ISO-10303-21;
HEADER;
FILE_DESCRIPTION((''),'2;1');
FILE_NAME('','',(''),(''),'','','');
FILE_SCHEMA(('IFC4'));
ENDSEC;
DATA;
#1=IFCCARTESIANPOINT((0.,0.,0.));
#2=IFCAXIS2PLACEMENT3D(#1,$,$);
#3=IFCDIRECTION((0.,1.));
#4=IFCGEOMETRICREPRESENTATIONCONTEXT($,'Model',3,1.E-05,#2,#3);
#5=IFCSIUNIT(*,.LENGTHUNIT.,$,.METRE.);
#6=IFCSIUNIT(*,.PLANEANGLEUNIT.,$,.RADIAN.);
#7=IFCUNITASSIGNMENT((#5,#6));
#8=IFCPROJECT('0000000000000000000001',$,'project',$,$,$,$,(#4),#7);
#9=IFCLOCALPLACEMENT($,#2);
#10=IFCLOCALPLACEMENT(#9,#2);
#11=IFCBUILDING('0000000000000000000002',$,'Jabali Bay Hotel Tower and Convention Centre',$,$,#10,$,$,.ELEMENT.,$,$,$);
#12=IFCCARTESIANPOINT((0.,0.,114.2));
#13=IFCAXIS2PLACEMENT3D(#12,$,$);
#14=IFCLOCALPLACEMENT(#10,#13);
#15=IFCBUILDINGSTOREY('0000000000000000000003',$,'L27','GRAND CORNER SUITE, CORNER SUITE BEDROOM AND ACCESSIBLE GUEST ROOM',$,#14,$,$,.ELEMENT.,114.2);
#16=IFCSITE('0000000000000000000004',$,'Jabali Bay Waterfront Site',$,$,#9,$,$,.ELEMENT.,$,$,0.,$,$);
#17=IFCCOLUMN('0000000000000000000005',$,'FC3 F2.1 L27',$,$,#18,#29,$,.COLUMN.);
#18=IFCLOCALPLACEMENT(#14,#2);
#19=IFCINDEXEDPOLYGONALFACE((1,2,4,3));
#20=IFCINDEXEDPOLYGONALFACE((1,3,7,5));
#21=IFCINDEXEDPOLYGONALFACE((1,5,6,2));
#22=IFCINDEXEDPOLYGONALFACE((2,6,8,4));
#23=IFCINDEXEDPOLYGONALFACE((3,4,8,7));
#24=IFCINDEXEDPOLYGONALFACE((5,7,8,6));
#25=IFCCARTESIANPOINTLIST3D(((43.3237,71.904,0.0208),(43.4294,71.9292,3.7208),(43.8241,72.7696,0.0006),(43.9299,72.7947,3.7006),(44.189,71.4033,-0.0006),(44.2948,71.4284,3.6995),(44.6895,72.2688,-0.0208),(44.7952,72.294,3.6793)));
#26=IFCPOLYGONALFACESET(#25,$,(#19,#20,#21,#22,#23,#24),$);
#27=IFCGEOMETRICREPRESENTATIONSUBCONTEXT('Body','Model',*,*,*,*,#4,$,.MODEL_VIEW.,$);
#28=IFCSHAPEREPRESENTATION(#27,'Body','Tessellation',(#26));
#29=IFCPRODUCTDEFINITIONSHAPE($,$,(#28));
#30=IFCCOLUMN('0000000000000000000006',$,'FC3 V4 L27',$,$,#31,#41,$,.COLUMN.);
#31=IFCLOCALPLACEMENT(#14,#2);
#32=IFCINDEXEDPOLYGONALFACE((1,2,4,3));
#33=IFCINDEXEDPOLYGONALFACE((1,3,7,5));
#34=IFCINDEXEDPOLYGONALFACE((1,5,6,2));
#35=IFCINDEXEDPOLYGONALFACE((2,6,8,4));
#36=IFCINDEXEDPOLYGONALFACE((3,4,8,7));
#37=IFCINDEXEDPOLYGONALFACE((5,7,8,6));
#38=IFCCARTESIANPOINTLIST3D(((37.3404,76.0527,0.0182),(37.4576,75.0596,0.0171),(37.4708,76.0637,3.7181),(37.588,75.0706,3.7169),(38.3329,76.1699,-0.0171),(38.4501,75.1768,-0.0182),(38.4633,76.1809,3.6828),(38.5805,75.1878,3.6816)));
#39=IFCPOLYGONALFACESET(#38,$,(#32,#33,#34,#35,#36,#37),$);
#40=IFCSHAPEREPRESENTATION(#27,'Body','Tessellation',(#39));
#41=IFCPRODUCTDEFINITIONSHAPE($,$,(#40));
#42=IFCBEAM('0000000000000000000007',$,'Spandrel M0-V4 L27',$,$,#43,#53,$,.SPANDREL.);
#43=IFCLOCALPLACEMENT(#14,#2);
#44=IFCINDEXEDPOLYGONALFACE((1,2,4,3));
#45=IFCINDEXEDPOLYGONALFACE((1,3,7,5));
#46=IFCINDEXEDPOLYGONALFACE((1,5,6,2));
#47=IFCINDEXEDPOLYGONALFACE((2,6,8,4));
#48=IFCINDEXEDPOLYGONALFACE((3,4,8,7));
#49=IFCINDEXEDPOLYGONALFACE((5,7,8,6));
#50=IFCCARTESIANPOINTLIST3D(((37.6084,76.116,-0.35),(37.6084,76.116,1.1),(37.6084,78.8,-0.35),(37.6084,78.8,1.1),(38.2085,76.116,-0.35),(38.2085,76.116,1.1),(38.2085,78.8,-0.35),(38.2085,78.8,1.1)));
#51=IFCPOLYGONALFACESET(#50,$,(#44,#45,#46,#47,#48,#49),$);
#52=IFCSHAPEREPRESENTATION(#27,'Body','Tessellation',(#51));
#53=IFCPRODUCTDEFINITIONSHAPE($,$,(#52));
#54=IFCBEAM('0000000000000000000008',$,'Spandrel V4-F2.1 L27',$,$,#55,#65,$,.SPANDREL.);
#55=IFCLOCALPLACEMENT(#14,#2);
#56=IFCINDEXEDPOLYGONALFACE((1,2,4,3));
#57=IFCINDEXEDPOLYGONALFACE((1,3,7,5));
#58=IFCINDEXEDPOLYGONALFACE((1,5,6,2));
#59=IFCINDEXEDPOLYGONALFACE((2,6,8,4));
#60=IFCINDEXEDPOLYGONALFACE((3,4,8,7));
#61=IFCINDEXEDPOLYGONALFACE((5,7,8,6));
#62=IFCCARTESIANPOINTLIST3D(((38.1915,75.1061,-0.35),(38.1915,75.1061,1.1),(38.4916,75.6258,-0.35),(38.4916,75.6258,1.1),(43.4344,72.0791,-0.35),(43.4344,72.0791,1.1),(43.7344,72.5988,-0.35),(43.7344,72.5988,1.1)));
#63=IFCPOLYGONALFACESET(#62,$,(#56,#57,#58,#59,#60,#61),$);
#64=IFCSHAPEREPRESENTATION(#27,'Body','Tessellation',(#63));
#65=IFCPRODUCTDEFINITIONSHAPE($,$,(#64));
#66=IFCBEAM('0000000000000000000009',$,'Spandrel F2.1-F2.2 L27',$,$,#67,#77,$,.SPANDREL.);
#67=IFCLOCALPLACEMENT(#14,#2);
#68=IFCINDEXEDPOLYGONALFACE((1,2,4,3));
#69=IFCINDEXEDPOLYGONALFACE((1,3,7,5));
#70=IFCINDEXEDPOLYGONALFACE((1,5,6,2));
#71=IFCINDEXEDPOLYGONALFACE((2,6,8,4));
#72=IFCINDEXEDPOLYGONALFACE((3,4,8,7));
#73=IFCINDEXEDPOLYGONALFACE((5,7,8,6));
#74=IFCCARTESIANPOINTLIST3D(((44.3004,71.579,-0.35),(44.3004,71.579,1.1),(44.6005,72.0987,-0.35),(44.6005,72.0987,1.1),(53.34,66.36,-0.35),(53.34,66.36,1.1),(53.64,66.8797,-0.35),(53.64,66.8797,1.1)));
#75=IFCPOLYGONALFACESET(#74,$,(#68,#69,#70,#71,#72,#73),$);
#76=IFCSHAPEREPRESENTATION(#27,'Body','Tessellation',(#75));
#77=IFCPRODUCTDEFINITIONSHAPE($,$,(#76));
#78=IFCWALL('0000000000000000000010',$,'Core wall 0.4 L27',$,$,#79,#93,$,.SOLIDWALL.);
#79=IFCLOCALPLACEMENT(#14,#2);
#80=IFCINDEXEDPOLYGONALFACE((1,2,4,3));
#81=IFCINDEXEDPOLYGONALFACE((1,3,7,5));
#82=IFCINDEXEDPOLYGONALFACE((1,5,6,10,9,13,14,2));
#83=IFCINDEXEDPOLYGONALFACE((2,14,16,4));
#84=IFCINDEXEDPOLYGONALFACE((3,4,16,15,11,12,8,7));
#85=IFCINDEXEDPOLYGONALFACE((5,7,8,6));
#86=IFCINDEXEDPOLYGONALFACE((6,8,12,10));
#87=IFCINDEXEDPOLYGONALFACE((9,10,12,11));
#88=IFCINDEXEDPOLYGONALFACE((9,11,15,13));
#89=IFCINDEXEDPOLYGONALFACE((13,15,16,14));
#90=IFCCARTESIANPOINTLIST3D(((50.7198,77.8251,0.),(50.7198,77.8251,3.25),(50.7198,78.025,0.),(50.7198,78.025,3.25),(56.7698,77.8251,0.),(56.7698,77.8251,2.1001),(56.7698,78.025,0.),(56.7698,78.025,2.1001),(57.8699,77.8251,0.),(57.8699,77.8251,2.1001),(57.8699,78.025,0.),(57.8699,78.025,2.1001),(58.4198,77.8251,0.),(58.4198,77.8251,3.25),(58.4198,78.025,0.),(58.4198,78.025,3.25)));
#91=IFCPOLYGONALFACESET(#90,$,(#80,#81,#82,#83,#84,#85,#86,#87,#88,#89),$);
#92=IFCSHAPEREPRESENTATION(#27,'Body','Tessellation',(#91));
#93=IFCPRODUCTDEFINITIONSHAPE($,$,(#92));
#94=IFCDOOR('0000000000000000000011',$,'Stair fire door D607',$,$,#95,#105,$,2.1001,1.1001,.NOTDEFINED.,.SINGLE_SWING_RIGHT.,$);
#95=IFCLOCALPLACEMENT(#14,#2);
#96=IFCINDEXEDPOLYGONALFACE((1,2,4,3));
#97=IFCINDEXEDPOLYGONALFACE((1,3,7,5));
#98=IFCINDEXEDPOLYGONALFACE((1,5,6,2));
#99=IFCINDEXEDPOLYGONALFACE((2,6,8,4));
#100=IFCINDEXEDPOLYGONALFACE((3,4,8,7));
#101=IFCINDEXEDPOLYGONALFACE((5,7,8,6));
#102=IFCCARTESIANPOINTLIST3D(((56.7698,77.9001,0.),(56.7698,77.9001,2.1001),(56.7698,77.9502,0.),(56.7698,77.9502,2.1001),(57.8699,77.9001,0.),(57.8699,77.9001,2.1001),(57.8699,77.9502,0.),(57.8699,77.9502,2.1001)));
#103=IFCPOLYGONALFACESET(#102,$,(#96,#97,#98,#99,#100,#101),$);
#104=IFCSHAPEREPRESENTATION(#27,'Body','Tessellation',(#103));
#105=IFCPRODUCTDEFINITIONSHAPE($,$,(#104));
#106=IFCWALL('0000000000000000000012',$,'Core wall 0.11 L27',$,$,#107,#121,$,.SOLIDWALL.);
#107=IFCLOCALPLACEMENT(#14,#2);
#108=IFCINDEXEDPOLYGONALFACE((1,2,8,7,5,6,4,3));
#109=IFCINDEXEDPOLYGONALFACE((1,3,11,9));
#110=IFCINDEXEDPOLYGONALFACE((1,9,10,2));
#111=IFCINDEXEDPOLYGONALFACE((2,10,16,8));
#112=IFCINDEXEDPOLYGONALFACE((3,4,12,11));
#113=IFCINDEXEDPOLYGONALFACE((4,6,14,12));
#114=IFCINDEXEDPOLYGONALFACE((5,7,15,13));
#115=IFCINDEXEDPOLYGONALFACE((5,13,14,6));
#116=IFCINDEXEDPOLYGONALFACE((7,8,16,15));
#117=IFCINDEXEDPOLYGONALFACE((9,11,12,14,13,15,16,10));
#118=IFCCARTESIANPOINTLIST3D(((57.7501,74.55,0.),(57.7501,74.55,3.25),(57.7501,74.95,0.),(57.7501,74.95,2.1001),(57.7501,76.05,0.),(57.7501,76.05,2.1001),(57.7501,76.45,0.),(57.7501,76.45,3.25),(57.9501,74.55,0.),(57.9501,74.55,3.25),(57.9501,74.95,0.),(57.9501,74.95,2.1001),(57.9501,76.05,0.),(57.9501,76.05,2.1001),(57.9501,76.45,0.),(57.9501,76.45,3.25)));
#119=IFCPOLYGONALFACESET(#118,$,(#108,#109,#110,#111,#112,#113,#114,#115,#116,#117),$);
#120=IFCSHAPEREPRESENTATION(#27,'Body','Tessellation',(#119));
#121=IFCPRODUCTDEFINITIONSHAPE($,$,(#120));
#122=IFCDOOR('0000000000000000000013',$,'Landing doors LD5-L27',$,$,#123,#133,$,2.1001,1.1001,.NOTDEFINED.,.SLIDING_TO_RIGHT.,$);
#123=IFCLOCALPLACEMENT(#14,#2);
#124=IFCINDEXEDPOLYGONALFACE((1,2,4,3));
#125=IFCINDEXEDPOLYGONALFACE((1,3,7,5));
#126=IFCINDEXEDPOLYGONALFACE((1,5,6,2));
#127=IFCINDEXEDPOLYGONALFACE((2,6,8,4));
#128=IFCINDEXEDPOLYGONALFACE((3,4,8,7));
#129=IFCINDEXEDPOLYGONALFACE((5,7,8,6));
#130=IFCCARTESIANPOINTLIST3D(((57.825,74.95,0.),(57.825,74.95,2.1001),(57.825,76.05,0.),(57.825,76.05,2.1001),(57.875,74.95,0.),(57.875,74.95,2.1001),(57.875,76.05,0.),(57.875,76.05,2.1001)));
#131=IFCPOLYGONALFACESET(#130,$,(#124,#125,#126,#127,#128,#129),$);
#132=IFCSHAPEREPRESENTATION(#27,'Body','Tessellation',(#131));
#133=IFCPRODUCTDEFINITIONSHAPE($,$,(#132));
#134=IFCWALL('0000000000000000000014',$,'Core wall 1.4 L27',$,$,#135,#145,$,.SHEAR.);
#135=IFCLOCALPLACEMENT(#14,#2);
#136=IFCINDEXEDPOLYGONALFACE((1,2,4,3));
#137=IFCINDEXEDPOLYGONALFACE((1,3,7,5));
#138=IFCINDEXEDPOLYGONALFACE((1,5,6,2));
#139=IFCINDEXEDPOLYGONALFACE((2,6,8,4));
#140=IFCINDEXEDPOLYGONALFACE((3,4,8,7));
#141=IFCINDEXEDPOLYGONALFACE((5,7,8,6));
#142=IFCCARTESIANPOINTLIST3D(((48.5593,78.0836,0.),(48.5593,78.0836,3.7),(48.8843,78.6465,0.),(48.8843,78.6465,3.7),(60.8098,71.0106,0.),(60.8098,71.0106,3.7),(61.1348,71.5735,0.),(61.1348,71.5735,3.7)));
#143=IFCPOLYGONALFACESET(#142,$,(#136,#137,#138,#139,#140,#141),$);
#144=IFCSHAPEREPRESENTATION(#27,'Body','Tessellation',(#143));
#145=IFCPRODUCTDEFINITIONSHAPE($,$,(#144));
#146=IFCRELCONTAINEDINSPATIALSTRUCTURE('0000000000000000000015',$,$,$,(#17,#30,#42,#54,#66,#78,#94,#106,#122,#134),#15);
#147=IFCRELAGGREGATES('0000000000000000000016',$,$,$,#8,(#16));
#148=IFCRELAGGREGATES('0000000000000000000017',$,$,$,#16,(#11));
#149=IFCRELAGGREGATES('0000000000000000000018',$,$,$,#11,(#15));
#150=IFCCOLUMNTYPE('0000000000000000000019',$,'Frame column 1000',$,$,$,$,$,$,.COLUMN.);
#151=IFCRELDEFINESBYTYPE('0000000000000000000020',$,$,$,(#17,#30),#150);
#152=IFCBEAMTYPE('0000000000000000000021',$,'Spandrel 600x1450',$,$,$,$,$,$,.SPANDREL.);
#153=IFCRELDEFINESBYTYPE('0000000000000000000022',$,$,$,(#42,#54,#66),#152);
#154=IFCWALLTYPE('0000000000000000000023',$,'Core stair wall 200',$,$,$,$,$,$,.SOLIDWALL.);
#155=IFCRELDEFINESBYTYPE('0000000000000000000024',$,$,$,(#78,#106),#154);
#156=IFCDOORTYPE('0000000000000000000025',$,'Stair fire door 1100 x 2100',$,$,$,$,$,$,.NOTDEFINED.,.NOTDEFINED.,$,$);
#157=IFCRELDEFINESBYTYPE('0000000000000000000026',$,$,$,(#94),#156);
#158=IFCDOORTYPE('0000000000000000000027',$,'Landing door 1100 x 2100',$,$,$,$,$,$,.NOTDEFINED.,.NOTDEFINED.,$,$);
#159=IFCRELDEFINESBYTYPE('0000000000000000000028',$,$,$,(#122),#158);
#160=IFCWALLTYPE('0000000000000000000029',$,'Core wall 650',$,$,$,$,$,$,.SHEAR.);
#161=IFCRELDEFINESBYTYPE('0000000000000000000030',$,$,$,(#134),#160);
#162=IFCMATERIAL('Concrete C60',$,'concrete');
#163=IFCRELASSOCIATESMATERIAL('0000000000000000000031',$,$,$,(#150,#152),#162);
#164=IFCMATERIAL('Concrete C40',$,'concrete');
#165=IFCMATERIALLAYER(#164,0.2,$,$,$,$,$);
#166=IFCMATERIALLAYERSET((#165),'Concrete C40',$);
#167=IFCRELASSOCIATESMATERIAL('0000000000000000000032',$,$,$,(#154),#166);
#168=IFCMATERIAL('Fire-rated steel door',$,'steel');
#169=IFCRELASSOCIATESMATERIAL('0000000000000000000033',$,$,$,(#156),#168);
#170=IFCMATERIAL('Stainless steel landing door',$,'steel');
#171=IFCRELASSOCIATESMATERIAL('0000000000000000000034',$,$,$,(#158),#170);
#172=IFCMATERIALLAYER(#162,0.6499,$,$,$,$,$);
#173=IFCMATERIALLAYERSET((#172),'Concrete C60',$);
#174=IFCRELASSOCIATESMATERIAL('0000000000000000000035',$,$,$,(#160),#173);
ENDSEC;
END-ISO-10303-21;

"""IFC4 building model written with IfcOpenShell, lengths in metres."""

from ifc_helpers import new_model, si_unit, direction, frame, frame_2d, origin, origin_2d, place, context, subcontext, project, spatial, rectangle, extrude, material, layer, layer_set, material_profile, profile_set, type_object, element, fill, save


model = new_model("IFC4")

# Units and contexts
model_context = context("Model", 3, precision=1e-05, world=origin(), true_north=direction((0.0, 1.0)))
body_context = subcontext(model_context, "Body", "Model", "MODEL_VIEW")
ifc_project = project(units=[si_unit("LENGTHUNIT", "METRE"), si_unit("PLANEANGLEUNIT", "RADIAN")], contexts=[model_context])

# Site, building, storey
site_placement = place(None, origin())
site = spatial("IfcSite", under=ifc_project, at=site_placement, Name="Jabali Bay Waterfront Site", CompositionType="ELEMENT", RefElevation=0.0)
building_placement = place(site_placement, origin())
building = spatial("IfcBuilding", under=site, at=building_placement, Name="Jabali Bay Hotel Tower and Convention Centre", CompositionType="ELEMENT")
storey_placement = place(building_placement, frame((0.0, 0.0, 114.2)))
storey = spatial("IfcBuildingStorey", under=building, at=storey_placement, Name="L27", Description="GRAND CORNER SUITE, CORNER SUITE BEDROOM AND ACCESSIBLE GUEST ROOM", CompositionType="ELEMENT", Elevation=114.2)

# Columns
ifc_material_1 = material(Name="Concrete C60", Category="concrete")
ifc_material_profile_1 = material_profile(ifc_material_1, rectangle(XDim=1.0, YDim=1.0, at=origin_2d()), Name="Frame column 1000")
ifc_profile_set_1 = profile_set([ifc_material_profile_1], Name="Concrete C60")
column_type = type_object("IfcColumnType", Name="Frame column 1000", PredefinedType="COLUMN", material=ifc_profile_set_1)
column_1_placement = place(storey_placement, frame((44.0066, 72.0864, 0.0), z_axis=(0.028559, 0.006794, 0.999569), x_axis=(-0.865319, 0.500768, 0.02132)))
element("IfcColumn", 1, at=column_1_placement, inside=storey, type_object=column_type, Name="FC3 F2.1 L27", PredefinedType="COLUMN", context=body_context, shape_type="SweptSolid", body=[
    extrude(rectangle(XDim=1.0, YDim=1.0, at=origin_2d()), origin(), (0.0, 0.0, 1.0), 3.7017),
])
column_2_placement = place(storey_placement, frame((37.8953, 75.6147, 0.0), z_axis=(0.035214, 0.002967, 0.999375), x_axis=(-0.117193, 0.993108, 0.001181)))
element("IfcColumn", 2, at=column_2_placement, inside=storey, type_object=column_type, Name="FC3 V4 L27", PredefinedType="COLUMN", context=body_context, shape_type="SweptSolid", body=[
    extrude(rectangle(XDim=1.0, YDim=1.0, at=origin_2d()), origin(), (0.0, 0.0, 1.0), 3.7021),
])

# Beams
ifc_material_profile_2 = material_profile(ifc_material_1, rectangle(XDim=0.6001, YDim=1.45, at=origin_2d()), Name="Spandrel 600x1450")
ifc_profile_set_2 = profile_set([ifc_material_profile_2], Name="Concrete C60")
beam_type = type_object("IfcBeamType", Name="Spandrel 600x1450", PredefinedType="SPANDREL", material=ifc_profile_set_2)
beam_1_placement = place(storey_placement, frame((37.9084, 78.8, 0.375), z_axis=(0.0, -1.0, 0.0), x_axis=(1.0, 0.0, 0.0)))
element("IfcBeam", 3, at=beam_1_placement, inside=storey, type_object=beam_type, Name="Spandrel M0-V4 L27", PredefinedType="SPANDREL", context=body_context, shape_type="SweptSolid", body=[
    extrude(rectangle(XDim=0.6001, YDim=1.45, at=origin_2d()), origin(), (0.0, 0.0, 1.0), 2.6841),
])
beam_2_placement = place(storey_placement, frame((38.3416, 75.366, 0.375), z_axis=(0.866018, -0.500012, 0.0), x_axis=(0.500012, 0.866018, 0.0)))
element("IfcBeam", 4, at=beam_2_placement, inside=storey, type_object=beam_type, Name="Spandrel V4-F2.1 L27", PredefinedType="SPANDREL", context=body_context, shape_type="SweptSolid", body=[
    extrude(rectangle(XDim=0.6001, YDim=1.45, at=origin_2d()), origin(), (0.0, 0.0, 1.0), 6.054),
])
beam_3_placement = place(storey_placement, frame((44.4504, 71.8389, 0.375), z_axis=(0.866025, -0.500001, 0.0), x_axis=(0.500001, 0.866025, 0.0)))
element("IfcBeam", 5, at=beam_3_placement, inside=storey, type_object=beam_type, Name="Spandrel F2.1-F2.2 L27", PredefinedType="SPANDREL", context=body_context, shape_type="SweptSolid", body=[
    extrude(rectangle(XDim=0.6001, YDim=1.45, at=origin_2d()), origin(), (0.0, 0.0, 1.0), 10.438),
])

# Walls, openings, doors
ifc_material_2 = material(Name="Concrete C40", Category="concrete")
ifc_layer_1 = layer(ifc_material_2, 0.2)
ifc_layer_set_1 = layer_set([ifc_layer_1], Name="Concrete C40")
wall_type_1 = type_object("IfcWallType", Name="Core stair wall 200", PredefinedType="SOLIDWALL", material=ifc_layer_set_1)
wall_1_placement = place(storey_placement, frame((58.4199, 77.925, 0.0), z_axis=(0.0, 0.0, 1.0), x_axis=(-1.0, 0.0, 0.0)))
wall_1 = element("IfcWall", 6, at=wall_1_placement, inside=storey, type_object=wall_type_1, Name="Core wall 0.4 L27", PredefinedType="SOLIDWALL", context=body_context, shape_type="SweptSolid", body=[
    extrude(rectangle(XDim=7.7, YDim=0.2, at=frame_2d((3.8501, 0.0))), origin(), (0.0, 0.0, 1.0), 3.25),
])
opening_1_placement = place(wall_1_placement, frame((0.55, 0.0, 0.0)))
opening_1 = element("IfcOpeningElement", 7, at=opening_1_placement, cuts=wall_1, PredefinedType="OPENING", context=body_context, shape_type="SweptSolid", body=[
    extrude(rectangle(XDim=1.1001, YDim=2.1001, at=frame_2d((0.55, 1.05))), frame((0.0, 0.1104, 0.0), z_axis=(0.0, -1.0, 0.0), x_axis=(1.0, 0.0, 0.0)), (0.0, 0.0, 1.0), 0.2209),
])
ifc_material_3 = material(Name="Fire-rated steel door", Category="steel")
door_type_1 = type_object("IfcDoorType", Name="Stair fire door 1100 x 2100", OperationType="NOTDEFINED", PredefinedType="NOTDEFINED", material=ifc_material_3)
door_1_placement = place(opening_1_placement, origin())
door_1 = element("IfcDoor", 8, at=door_1_placement, inside=storey, type_object=door_type_1, Name="Stair fire door D607", OperationType="SINGLE_SWING_RIGHT", OverallHeight=2.1001, OverallWidth=1.1001, PredefinedType="NOTDEFINED", context=body_context, shape_type="SweptSolid", body=[
    extrude(rectangle(XDim=1.1001, YDim=2.1001, at=frame_2d((0.55, 1.05))), frame((0.0, 0.0249, 0.0), z_axis=(0.0, -1.0, 0.0), x_axis=(1.0, 0.0, 0.0)), (0.0, 0.0, 1.0), 0.05),
])
fill(opening_1, door_1)
wall_2_placement = place(storey_placement, frame((57.8501, 76.45, 0.0), z_axis=(0.0, 0.0, 1.0), x_axis=(0.0, -1.0, 0.0)))
wall_2 = element("IfcWall", 9, at=wall_2_placement, inside=storey, type_object=wall_type_1, Name="Core wall 0.11 L27", PredefinedType="SOLIDWALL", context=body_context, shape_type="SweptSolid", body=[
    extrude(rectangle(XDim=1.8999, YDim=0.2, at=frame_2d((0.95, 0.0))), origin(), (0.0, 0.0, 1.0), 3.25),
])
opening_2_placement = place(wall_2_placement, frame((0.3999, 0.0, 0.0)))
opening_2 = element("IfcOpeningElement", 10, at=opening_2_placement, cuts=wall_2, PredefinedType="OPENING", context=body_context, shape_type="SweptSolid", body=[
    extrude(rectangle(XDim=1.1001, YDim=2.1001, at=frame_2d((0.55, 1.05))), frame((0.0, 0.1104, 0.0), z_axis=(0.0, -1.0, 0.0), x_axis=(1.0, 0.0, 0.0)), (0.0, 0.0, 1.0), 0.2209),
])
ifc_material_4 = material(Name="Stainless steel landing door", Category="steel")
door_type_2 = type_object("IfcDoorType", Name="Landing door 1100 x 2100", OperationType="NOTDEFINED", PredefinedType="NOTDEFINED", material=ifc_material_4)
door_2_placement = place(opening_2_placement, origin())
door_2 = element("IfcDoor", 11, at=door_2_placement, inside=storey, type_object=door_type_2, Name="Landing doors LD5-L27", OperationType="SLIDING_TO_RIGHT", OverallHeight=2.1001, OverallWidth=1.1001, PredefinedType="NOTDEFINED", context=body_context, shape_type="SweptSolid", body=[
    extrude(rectangle(XDim=1.1001, YDim=2.1001, at=frame_2d((0.55, 1.05))), frame((0.0, 0.0249, 0.0), z_axis=(0.0, -1.0, 0.0), x_axis=(1.0, 0.0, 0.0)), (0.0, 0.0, 1.0), 0.05),
])
fill(opening_2, door_2)

# Wall
ifc_layer_2 = layer(ifc_material_1, 0.6499)
ifc_layer_set_2 = layer_set([ifc_layer_2], Name="Concrete C60")
wall_type_2 = type_object("IfcWallType", Name="Core wall 650", PredefinedType="SHEAR", material=ifc_layer_set_2)
wall_3_placement = place(storey_placement, frame((48.7219, 78.365, 0.0), z_axis=(0.0, 0.0, 1.0), x_axis=(0.86602, -0.500009, 0.0)))
element("IfcWall", 12, at=wall_3_placement, inside=storey, type_object=wall_type_2, Name="Core wall 1.4 L27", PredefinedType="SHEAR", context=body_context, shape_type="SweptSolid", body=[
    extrude(rectangle(XDim=14.1458, YDim=0.6499, at=frame_2d((7.0728, 0.0))), origin(), (0.0, 0.0, 1.0), 3.7),
])

save(model, "model.ifc")
